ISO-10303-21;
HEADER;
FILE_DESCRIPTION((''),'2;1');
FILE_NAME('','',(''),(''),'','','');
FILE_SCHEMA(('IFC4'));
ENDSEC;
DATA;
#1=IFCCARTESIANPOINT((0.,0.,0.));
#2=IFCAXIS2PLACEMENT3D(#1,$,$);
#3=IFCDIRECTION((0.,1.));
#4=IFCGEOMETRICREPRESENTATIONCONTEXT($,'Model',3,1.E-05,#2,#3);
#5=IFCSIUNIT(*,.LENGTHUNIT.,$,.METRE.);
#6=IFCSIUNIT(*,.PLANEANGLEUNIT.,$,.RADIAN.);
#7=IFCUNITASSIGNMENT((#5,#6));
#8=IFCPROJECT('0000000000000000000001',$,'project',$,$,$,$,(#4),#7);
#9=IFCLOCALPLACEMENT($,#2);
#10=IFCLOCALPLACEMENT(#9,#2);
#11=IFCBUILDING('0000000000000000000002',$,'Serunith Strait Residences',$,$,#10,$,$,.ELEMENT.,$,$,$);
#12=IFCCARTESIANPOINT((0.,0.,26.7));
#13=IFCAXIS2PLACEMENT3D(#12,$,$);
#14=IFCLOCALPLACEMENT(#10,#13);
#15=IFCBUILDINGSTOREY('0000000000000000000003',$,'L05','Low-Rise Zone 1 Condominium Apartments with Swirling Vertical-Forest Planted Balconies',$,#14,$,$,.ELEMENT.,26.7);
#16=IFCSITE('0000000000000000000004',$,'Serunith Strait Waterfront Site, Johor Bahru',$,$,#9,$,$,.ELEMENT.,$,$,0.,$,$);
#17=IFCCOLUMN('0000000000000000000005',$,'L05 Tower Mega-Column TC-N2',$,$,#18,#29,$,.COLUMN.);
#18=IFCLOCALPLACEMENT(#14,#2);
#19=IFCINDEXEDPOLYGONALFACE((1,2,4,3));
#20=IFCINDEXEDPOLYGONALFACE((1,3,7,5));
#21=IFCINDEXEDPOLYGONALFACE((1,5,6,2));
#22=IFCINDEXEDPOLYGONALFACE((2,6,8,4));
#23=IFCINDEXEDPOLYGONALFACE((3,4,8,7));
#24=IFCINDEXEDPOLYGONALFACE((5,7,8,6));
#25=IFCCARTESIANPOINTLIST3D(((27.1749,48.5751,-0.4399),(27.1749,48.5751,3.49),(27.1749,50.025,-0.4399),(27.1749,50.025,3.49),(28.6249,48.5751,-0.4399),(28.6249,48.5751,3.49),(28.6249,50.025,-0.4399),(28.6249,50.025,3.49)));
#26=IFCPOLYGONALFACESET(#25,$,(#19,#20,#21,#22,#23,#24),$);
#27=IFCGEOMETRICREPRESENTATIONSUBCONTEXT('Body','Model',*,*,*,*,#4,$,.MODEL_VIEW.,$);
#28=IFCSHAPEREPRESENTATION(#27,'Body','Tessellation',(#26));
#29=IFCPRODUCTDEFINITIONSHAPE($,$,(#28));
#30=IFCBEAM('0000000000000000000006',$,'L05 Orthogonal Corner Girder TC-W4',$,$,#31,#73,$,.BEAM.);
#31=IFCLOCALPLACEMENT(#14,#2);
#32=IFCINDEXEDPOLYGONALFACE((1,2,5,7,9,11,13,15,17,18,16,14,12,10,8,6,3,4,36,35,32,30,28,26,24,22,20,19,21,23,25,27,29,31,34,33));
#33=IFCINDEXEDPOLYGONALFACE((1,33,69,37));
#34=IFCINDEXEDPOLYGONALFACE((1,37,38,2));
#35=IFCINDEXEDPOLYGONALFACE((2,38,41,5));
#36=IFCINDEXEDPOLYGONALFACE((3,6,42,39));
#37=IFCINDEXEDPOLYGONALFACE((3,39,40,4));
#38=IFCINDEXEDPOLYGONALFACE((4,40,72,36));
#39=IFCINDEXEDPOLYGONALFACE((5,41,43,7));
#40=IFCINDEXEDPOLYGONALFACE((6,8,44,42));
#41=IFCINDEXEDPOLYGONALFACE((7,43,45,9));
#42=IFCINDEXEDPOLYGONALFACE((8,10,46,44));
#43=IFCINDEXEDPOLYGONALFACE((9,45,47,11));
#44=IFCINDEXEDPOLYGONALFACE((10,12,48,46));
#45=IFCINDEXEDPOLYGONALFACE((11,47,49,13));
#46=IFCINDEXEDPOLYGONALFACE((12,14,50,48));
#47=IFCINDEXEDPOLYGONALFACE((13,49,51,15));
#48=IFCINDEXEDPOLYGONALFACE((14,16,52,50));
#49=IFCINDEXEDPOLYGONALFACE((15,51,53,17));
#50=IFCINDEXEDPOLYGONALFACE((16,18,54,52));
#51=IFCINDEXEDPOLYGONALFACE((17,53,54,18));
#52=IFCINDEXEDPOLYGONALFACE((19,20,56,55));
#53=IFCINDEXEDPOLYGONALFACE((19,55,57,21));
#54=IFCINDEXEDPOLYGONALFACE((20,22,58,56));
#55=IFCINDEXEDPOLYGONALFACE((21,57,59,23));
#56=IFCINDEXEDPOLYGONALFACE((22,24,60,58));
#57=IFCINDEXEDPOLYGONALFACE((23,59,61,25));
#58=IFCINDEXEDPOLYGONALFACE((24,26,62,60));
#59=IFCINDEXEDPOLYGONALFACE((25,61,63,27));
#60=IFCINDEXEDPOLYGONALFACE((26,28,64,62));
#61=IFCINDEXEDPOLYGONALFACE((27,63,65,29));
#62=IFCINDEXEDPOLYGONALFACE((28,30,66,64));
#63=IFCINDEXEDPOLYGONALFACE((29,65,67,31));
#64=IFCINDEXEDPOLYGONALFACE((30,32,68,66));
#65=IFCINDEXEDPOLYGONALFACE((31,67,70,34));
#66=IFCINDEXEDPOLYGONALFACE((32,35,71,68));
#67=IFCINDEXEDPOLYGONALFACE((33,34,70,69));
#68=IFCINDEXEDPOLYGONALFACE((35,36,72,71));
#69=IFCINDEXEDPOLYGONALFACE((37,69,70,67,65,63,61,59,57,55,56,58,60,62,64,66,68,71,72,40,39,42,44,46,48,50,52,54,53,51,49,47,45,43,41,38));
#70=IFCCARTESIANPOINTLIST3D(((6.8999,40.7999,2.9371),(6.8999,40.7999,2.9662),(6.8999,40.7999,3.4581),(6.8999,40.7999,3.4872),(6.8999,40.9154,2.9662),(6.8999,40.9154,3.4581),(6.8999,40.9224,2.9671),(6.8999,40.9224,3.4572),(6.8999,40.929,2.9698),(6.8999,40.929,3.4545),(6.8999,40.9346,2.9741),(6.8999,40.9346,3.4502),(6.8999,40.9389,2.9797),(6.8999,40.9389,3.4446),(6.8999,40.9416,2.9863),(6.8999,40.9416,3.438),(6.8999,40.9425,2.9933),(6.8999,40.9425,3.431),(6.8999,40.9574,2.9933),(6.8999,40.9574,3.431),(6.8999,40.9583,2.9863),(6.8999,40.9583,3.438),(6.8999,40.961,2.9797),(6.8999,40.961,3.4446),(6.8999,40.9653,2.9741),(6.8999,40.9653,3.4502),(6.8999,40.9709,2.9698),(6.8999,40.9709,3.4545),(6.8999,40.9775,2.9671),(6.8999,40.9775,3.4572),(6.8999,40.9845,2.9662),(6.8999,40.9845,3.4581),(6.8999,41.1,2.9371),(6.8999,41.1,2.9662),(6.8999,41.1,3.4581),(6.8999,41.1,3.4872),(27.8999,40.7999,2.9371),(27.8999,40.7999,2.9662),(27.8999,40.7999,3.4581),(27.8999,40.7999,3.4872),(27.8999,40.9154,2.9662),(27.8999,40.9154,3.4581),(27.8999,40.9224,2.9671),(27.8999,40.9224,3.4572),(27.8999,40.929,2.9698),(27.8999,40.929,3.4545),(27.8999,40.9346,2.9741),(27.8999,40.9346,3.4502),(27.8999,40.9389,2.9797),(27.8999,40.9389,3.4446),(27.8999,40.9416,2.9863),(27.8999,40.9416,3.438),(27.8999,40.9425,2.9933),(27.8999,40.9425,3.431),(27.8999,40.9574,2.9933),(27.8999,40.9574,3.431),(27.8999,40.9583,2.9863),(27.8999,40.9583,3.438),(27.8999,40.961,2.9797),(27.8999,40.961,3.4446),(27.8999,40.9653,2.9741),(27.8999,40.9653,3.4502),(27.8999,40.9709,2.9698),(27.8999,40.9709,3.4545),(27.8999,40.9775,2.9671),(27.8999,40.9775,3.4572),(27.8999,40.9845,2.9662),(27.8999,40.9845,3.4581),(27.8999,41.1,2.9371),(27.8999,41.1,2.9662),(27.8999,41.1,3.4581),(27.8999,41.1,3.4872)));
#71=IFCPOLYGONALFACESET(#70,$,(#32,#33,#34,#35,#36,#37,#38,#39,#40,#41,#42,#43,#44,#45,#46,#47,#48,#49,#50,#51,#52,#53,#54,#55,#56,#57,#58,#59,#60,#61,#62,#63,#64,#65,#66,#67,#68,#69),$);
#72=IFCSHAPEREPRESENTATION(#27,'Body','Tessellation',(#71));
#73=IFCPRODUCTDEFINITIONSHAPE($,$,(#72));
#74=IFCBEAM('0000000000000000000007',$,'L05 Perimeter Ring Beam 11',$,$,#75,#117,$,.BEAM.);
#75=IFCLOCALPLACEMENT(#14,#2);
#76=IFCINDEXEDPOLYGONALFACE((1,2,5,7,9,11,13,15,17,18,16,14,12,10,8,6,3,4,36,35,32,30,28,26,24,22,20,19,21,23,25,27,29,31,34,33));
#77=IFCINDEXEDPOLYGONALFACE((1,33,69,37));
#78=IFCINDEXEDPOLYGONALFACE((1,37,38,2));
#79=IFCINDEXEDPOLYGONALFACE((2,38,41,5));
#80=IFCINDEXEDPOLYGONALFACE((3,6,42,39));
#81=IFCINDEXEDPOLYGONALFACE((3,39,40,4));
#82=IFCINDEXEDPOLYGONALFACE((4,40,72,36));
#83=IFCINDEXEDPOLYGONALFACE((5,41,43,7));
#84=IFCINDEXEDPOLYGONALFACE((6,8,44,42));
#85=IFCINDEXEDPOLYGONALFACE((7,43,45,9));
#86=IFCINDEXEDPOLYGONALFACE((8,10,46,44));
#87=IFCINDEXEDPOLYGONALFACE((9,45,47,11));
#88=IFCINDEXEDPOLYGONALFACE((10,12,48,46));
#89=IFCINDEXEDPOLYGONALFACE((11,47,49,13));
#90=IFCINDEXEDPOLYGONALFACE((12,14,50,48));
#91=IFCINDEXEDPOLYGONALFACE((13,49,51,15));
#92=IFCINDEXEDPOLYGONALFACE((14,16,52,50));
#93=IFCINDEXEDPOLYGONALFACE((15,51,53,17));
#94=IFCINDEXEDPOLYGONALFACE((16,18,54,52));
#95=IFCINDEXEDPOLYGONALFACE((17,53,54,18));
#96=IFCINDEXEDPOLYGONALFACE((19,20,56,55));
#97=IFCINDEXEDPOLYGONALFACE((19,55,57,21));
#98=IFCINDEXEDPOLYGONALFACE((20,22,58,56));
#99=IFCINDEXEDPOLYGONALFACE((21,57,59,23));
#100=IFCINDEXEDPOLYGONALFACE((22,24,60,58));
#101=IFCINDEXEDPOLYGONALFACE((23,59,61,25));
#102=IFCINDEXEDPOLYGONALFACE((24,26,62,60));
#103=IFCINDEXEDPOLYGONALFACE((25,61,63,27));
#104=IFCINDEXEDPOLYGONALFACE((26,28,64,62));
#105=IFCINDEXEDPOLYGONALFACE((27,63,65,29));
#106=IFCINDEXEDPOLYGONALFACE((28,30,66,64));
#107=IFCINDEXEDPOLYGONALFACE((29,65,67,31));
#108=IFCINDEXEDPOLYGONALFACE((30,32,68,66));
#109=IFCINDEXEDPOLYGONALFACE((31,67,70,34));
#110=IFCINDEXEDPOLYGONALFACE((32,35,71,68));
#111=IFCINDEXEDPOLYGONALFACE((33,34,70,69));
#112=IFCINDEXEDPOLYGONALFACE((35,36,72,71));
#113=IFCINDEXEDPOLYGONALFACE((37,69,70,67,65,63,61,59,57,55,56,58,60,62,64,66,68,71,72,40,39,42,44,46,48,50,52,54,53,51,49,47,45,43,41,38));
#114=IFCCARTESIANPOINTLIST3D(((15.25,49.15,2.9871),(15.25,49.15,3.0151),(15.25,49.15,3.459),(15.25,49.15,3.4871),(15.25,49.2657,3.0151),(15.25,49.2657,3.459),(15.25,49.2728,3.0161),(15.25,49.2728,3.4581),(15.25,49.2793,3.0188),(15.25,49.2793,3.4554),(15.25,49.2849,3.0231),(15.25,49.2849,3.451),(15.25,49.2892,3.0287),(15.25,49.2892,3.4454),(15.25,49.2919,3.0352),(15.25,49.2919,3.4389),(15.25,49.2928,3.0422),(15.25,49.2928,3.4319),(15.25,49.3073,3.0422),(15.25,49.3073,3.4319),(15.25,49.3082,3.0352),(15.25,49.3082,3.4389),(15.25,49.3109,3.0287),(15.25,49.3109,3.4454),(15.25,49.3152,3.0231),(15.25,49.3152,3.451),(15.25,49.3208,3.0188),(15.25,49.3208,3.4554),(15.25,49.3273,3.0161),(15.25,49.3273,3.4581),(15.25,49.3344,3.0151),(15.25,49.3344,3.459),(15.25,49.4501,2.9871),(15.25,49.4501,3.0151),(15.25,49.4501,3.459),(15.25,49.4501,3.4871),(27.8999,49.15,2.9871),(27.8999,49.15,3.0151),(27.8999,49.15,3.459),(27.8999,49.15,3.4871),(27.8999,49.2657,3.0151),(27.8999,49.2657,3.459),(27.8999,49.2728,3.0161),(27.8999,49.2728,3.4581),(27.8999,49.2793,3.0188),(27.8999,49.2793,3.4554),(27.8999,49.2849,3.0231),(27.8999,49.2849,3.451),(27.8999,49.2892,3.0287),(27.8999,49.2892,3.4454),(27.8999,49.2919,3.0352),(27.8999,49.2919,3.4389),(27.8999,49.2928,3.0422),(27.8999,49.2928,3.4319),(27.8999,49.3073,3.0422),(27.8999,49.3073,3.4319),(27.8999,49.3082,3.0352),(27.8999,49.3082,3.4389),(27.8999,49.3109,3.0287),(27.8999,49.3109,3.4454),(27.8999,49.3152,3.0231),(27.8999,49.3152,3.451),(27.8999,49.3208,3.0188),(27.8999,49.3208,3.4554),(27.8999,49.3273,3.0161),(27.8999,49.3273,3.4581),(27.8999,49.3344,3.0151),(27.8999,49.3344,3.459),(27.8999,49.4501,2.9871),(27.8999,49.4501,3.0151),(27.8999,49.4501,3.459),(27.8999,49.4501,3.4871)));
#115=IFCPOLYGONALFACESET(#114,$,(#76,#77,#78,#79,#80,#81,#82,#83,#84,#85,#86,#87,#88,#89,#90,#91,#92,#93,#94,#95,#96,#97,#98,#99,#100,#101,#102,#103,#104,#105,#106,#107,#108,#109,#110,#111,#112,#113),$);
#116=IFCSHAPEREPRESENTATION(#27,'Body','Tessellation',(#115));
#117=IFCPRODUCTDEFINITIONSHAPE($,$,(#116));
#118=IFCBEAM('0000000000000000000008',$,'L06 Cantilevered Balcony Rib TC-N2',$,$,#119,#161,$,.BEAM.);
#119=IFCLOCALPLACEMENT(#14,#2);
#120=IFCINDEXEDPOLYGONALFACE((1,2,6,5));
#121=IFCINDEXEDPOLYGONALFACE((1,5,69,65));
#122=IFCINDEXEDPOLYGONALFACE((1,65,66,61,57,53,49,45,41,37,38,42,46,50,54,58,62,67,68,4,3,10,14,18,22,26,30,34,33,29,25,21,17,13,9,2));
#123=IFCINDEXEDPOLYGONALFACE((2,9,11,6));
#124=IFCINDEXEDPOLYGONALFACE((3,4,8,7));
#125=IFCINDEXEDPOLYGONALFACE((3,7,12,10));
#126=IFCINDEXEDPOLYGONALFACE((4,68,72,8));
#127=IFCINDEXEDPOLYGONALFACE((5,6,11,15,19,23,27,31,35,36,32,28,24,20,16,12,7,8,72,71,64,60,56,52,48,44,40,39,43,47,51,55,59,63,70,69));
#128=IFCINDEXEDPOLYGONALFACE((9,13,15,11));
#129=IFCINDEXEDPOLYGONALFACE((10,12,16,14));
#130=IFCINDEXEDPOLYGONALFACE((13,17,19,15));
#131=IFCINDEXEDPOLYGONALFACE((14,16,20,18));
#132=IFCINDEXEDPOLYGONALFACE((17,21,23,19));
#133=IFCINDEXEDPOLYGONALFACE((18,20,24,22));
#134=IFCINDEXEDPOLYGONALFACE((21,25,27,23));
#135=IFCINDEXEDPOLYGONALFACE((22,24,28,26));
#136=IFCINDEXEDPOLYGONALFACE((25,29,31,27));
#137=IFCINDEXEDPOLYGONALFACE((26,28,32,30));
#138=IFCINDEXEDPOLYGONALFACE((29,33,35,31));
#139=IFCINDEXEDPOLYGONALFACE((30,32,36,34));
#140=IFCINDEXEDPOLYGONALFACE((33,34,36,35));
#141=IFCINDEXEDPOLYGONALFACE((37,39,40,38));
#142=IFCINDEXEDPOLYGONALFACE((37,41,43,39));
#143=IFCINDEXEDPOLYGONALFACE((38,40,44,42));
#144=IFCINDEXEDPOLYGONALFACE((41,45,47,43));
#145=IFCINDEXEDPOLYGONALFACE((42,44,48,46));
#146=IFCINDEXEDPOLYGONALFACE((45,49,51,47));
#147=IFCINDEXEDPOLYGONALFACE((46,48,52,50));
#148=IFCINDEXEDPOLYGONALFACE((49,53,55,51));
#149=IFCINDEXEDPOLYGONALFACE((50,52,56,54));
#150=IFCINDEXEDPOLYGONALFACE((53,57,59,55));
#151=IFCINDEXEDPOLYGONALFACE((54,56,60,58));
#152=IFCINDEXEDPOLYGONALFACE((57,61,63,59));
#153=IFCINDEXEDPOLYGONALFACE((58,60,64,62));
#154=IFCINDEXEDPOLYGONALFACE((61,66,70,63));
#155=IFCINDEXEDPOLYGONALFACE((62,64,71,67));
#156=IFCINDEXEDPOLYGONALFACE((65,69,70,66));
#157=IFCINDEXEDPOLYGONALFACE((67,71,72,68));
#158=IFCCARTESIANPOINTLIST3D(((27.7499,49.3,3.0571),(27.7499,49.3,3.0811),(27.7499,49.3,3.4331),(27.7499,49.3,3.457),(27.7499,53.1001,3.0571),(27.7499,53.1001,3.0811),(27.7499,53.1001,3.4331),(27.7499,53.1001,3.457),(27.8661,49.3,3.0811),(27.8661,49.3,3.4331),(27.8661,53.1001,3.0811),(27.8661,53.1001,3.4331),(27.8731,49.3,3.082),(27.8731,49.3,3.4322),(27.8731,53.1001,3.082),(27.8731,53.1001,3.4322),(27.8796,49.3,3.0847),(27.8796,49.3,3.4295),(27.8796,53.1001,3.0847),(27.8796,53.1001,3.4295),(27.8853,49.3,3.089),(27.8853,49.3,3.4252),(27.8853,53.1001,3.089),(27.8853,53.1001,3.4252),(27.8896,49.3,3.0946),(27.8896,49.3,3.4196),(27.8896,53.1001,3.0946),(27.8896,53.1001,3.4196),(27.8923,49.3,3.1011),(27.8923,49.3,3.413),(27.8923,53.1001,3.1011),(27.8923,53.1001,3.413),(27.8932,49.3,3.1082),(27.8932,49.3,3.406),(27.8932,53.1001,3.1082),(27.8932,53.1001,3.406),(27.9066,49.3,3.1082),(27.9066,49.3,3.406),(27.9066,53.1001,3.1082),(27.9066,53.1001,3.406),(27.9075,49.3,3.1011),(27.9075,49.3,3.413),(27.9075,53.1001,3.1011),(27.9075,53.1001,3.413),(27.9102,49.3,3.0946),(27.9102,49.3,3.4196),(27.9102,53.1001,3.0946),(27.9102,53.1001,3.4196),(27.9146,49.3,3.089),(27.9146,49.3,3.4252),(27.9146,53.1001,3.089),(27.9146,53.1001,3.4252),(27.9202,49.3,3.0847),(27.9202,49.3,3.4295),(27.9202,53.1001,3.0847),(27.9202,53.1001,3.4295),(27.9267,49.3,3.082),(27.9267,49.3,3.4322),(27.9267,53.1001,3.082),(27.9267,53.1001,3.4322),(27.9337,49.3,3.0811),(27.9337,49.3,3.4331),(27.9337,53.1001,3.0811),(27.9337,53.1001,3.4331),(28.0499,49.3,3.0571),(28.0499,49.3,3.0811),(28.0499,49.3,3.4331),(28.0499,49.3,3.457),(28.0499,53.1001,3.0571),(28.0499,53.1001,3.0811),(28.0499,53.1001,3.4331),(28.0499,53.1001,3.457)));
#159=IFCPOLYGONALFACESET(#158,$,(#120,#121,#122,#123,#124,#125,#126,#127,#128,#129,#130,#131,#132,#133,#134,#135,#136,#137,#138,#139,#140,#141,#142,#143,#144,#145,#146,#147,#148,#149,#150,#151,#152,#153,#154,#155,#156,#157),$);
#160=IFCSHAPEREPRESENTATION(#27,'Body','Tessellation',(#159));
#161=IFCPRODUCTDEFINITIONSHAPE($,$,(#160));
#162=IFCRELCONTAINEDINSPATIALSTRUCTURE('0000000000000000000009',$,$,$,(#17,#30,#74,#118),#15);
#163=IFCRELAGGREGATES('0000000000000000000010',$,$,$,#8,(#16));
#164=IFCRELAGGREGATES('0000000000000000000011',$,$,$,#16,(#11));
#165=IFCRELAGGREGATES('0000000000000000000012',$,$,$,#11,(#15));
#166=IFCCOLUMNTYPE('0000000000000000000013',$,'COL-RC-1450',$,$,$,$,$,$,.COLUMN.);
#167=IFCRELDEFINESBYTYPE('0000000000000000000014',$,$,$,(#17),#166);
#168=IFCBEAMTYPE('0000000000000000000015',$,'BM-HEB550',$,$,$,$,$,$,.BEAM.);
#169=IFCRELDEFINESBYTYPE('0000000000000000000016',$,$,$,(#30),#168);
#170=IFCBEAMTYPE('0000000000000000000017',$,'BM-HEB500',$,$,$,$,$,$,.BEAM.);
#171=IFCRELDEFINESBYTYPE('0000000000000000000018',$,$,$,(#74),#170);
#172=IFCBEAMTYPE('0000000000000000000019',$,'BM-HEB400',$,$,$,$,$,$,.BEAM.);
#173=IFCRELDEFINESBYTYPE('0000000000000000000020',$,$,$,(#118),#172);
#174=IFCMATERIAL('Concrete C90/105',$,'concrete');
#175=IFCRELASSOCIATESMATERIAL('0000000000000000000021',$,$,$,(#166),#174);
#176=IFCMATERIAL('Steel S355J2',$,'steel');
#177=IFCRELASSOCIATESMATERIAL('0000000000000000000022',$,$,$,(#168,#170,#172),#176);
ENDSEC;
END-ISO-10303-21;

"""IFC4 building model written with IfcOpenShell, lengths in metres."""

from ifc_helpers import new_model, si_unit, direction, frame, origin, origin_2d, place, context, subcontext, project, spatial, rectangle, i_section, extrude, source, transform, mapped, material, material_profile, profile_set, type_object, element, save


model = new_model("IFC4")

# Units and contexts
model_context = context("Model", 3, precision=1e-05, world=origin(), true_north=direction((0.0, 1.0)))
body_context = subcontext(model_context, "Body", "Model", "MODEL_VIEW")
ifc_project = project(units=[si_unit("LENGTHUNIT", "METRE"), si_unit("PLANEANGLEUNIT", "RADIAN")], contexts=[model_context])

# Site, building, storey
site_placement = place(None, origin())
site = spatial("IfcSite", under=ifc_project, at=site_placement, Name="Serunith Strait Waterfront Site, Johor Bahru", CompositionType="ELEMENT", RefElevation=0.0)
building_placement = place(site_placement, origin())
building = spatial("IfcBuilding", under=site, at=building_placement, Name="Serunith Strait Residences", CompositionType="ELEMENT")
storey_placement = place(building_placement, frame((0.0, 0.0, 26.7)))
storey = spatial("IfcBuildingStorey", under=building, at=storey_placement, Name="L05", Description="Low-Rise Zone 1 Condominium Apartments with Swirling Vertical-Forest Planted Balconies", CompositionType="ELEMENT", Elevation=26.7)

# Column
ifc_material_1 = material(Name="Concrete C90/105", Category="concrete")
ifc_material_profile_1 = material_profile(ifc_material_1, rectangle(XDim=1.45, YDim=1.45, at=origin_2d()), Name="RC 1450x1450")
ifc_profile_set_1 = profile_set([ifc_material_profile_1], Name="Concrete C90/105")
column_type = type_object("IfcColumnType", Name="COL-RC-1450", PredefinedType="COLUMN", material=ifc_profile_set_1)
shared_shape_1 = source(origin(), body_context, "Body", "SweptSolid", [
    extrude(rectangle(XDim=1.45, YDim=1.45, at=origin_2d()), origin(), (0.0, 0.0, 1.0), 3.9299),
])
column_placement = place(storey_placement, frame((27.8999, 49.3, -0.4399), z_axis=(0.0, 0.0, 1.0), x_axis=(1.0, 0.0, 0.0)))
element("IfcColumn", 1, at=column_placement, inside=storey, type_object=column_type, Name="L05 Tower Mega-Column TC-N2", PredefinedType="COLUMN", context=body_context, shape_type="MappedRepresentation", body=[
    mapped(shared_shape_1, transform((0.0, 0.0, 0.0), scale=1.0)),
])

# Beams
ifc_material_2 = material(Name="Steel S355J2", Category="steel")
ifc_material_profile_2 = material_profile(ifc_material_2, i_section(OverallWidth=0.3, OverallDepth=0.55, WebThickness=0.0149, FlangeThickness=0.0291, FilletRadius=0.0271, at=origin_2d()), Name="HEB 550")
ifc_profile_set_2 = profile_set([ifc_material_profile_2], Name="Steel S355J2")
beam_type_1 = type_object("IfcBeamType", Name="BM-HEB550", PredefinedType="BEAM", material=ifc_profile_set_2)
shared_shape_2 = source(origin(), body_context, "Body", "SweptSolid", [
    extrude(i_section(OverallWidth=0.3, OverallDepth=0.55, WebThickness=0.0149, FlangeThickness=0.0291, FilletRadius=0.0271, at=origin_2d()), origin(), (0.0, 0.0, 1.0), 21.0),
])
beam_1_placement = place(storey_placement, frame((27.8999, 40.95, 3.2122), z_axis=(-1.0, 0.0, 0.0), x_axis=(0.0, -1.0, 0.0)))
element("IfcBeam", 2, at=beam_1_placement, inside=storey, type_object=beam_type_1, Name="L05 Orthogonal Corner Girder TC-W4", PredefinedType="BEAM", context=body_context, shape_type="MappedRepresentation", body=[
    mapped(shared_shape_2, transform((0.0, 0.0, 0.0), scale=1.0)),
])
ifc_material_profile_3 = material_profile(ifc_material_2, i_section(OverallWidth=0.3, OverallDepth=0.5, WebThickness=0.0144, FlangeThickness=0.0281, FilletRadius=0.0271, at=origin_2d()), Name="HEB 500")
ifc_profile_set_3 = profile_set([ifc_material_profile_3], Name="Steel S355J2")
beam_type_2 = type_object("IfcBeamType", Name="BM-HEB500", PredefinedType="BEAM", material=ifc_profile_set_3)
shared_shape_3 = source(origin(), body_context, "Body", "SweptSolid", [
    extrude(i_section(OverallWidth=0.3, OverallDepth=0.5, WebThickness=0.0144, FlangeThickness=0.0281, FilletRadius=0.0271, at=origin_2d()), origin(), (0.0, 0.0, 1.0), 12.6499),
])
beam_2_placement = place(storey_placement, frame((27.8999, 49.3, 3.2371), z_axis=(-1.0, 0.0, 0.0), x_axis=(0.0, -1.0, 0.0)))
element("IfcBeam", 3, at=beam_2_placement, inside=storey, type_object=beam_type_2, Name="L05 Perimeter Ring Beam 11", PredefinedType="BEAM", context=body_context, shape_type="MappedRepresentation", body=[
    mapped(shared_shape_3, transform((0.0, 0.0, 0.0), scale=1.0)),
])
ifc_material_profile_4 = material_profile(ifc_material_2, i_section(OverallWidth=0.3, OverallDepth=0.3999, WebThickness=0.0134, FlangeThickness=0.0239, FilletRadius=0.0271, at=origin_2d()), Name="HEB 400")
ifc_profile_set_4 = profile_set([ifc_material_profile_4], Name="Steel S355J2")
beam_type_3 = type_object("IfcBeamType", Name="BM-HEB400", PredefinedType="BEAM", material=ifc_profile_set_4)
shared_shape_4 = source(origin(), body_context, "Body", "SweptSolid", [
    extrude(i_section(OverallWidth=0.3, OverallDepth=0.3999, WebThickness=0.0134, FlangeThickness=0.0239, FilletRadius=0.0271, at=origin_2d()), origin(), (0.0, 0.0, 1.0), 3.8),
])
beam_3_placement = place(storey_placement, frame((27.8999, 49.3, 3.2571), z_axis=(0.0, 1.0, 0.0), x_axis=(-1.0, 0.0, 0.0)))
element("IfcBeam", 4, at=beam_3_placement, inside=storey, type_object=beam_type_3, Name="L06 Cantilevered Balcony Rib TC-N2", PredefinedType="BEAM", context=body_context, shape_type="MappedRepresentation", body=[
    mapped(shared_shape_4, transform((0.0, 0.0, 0.0), scale=1.0)),
])

save(model, "model.ifc")
